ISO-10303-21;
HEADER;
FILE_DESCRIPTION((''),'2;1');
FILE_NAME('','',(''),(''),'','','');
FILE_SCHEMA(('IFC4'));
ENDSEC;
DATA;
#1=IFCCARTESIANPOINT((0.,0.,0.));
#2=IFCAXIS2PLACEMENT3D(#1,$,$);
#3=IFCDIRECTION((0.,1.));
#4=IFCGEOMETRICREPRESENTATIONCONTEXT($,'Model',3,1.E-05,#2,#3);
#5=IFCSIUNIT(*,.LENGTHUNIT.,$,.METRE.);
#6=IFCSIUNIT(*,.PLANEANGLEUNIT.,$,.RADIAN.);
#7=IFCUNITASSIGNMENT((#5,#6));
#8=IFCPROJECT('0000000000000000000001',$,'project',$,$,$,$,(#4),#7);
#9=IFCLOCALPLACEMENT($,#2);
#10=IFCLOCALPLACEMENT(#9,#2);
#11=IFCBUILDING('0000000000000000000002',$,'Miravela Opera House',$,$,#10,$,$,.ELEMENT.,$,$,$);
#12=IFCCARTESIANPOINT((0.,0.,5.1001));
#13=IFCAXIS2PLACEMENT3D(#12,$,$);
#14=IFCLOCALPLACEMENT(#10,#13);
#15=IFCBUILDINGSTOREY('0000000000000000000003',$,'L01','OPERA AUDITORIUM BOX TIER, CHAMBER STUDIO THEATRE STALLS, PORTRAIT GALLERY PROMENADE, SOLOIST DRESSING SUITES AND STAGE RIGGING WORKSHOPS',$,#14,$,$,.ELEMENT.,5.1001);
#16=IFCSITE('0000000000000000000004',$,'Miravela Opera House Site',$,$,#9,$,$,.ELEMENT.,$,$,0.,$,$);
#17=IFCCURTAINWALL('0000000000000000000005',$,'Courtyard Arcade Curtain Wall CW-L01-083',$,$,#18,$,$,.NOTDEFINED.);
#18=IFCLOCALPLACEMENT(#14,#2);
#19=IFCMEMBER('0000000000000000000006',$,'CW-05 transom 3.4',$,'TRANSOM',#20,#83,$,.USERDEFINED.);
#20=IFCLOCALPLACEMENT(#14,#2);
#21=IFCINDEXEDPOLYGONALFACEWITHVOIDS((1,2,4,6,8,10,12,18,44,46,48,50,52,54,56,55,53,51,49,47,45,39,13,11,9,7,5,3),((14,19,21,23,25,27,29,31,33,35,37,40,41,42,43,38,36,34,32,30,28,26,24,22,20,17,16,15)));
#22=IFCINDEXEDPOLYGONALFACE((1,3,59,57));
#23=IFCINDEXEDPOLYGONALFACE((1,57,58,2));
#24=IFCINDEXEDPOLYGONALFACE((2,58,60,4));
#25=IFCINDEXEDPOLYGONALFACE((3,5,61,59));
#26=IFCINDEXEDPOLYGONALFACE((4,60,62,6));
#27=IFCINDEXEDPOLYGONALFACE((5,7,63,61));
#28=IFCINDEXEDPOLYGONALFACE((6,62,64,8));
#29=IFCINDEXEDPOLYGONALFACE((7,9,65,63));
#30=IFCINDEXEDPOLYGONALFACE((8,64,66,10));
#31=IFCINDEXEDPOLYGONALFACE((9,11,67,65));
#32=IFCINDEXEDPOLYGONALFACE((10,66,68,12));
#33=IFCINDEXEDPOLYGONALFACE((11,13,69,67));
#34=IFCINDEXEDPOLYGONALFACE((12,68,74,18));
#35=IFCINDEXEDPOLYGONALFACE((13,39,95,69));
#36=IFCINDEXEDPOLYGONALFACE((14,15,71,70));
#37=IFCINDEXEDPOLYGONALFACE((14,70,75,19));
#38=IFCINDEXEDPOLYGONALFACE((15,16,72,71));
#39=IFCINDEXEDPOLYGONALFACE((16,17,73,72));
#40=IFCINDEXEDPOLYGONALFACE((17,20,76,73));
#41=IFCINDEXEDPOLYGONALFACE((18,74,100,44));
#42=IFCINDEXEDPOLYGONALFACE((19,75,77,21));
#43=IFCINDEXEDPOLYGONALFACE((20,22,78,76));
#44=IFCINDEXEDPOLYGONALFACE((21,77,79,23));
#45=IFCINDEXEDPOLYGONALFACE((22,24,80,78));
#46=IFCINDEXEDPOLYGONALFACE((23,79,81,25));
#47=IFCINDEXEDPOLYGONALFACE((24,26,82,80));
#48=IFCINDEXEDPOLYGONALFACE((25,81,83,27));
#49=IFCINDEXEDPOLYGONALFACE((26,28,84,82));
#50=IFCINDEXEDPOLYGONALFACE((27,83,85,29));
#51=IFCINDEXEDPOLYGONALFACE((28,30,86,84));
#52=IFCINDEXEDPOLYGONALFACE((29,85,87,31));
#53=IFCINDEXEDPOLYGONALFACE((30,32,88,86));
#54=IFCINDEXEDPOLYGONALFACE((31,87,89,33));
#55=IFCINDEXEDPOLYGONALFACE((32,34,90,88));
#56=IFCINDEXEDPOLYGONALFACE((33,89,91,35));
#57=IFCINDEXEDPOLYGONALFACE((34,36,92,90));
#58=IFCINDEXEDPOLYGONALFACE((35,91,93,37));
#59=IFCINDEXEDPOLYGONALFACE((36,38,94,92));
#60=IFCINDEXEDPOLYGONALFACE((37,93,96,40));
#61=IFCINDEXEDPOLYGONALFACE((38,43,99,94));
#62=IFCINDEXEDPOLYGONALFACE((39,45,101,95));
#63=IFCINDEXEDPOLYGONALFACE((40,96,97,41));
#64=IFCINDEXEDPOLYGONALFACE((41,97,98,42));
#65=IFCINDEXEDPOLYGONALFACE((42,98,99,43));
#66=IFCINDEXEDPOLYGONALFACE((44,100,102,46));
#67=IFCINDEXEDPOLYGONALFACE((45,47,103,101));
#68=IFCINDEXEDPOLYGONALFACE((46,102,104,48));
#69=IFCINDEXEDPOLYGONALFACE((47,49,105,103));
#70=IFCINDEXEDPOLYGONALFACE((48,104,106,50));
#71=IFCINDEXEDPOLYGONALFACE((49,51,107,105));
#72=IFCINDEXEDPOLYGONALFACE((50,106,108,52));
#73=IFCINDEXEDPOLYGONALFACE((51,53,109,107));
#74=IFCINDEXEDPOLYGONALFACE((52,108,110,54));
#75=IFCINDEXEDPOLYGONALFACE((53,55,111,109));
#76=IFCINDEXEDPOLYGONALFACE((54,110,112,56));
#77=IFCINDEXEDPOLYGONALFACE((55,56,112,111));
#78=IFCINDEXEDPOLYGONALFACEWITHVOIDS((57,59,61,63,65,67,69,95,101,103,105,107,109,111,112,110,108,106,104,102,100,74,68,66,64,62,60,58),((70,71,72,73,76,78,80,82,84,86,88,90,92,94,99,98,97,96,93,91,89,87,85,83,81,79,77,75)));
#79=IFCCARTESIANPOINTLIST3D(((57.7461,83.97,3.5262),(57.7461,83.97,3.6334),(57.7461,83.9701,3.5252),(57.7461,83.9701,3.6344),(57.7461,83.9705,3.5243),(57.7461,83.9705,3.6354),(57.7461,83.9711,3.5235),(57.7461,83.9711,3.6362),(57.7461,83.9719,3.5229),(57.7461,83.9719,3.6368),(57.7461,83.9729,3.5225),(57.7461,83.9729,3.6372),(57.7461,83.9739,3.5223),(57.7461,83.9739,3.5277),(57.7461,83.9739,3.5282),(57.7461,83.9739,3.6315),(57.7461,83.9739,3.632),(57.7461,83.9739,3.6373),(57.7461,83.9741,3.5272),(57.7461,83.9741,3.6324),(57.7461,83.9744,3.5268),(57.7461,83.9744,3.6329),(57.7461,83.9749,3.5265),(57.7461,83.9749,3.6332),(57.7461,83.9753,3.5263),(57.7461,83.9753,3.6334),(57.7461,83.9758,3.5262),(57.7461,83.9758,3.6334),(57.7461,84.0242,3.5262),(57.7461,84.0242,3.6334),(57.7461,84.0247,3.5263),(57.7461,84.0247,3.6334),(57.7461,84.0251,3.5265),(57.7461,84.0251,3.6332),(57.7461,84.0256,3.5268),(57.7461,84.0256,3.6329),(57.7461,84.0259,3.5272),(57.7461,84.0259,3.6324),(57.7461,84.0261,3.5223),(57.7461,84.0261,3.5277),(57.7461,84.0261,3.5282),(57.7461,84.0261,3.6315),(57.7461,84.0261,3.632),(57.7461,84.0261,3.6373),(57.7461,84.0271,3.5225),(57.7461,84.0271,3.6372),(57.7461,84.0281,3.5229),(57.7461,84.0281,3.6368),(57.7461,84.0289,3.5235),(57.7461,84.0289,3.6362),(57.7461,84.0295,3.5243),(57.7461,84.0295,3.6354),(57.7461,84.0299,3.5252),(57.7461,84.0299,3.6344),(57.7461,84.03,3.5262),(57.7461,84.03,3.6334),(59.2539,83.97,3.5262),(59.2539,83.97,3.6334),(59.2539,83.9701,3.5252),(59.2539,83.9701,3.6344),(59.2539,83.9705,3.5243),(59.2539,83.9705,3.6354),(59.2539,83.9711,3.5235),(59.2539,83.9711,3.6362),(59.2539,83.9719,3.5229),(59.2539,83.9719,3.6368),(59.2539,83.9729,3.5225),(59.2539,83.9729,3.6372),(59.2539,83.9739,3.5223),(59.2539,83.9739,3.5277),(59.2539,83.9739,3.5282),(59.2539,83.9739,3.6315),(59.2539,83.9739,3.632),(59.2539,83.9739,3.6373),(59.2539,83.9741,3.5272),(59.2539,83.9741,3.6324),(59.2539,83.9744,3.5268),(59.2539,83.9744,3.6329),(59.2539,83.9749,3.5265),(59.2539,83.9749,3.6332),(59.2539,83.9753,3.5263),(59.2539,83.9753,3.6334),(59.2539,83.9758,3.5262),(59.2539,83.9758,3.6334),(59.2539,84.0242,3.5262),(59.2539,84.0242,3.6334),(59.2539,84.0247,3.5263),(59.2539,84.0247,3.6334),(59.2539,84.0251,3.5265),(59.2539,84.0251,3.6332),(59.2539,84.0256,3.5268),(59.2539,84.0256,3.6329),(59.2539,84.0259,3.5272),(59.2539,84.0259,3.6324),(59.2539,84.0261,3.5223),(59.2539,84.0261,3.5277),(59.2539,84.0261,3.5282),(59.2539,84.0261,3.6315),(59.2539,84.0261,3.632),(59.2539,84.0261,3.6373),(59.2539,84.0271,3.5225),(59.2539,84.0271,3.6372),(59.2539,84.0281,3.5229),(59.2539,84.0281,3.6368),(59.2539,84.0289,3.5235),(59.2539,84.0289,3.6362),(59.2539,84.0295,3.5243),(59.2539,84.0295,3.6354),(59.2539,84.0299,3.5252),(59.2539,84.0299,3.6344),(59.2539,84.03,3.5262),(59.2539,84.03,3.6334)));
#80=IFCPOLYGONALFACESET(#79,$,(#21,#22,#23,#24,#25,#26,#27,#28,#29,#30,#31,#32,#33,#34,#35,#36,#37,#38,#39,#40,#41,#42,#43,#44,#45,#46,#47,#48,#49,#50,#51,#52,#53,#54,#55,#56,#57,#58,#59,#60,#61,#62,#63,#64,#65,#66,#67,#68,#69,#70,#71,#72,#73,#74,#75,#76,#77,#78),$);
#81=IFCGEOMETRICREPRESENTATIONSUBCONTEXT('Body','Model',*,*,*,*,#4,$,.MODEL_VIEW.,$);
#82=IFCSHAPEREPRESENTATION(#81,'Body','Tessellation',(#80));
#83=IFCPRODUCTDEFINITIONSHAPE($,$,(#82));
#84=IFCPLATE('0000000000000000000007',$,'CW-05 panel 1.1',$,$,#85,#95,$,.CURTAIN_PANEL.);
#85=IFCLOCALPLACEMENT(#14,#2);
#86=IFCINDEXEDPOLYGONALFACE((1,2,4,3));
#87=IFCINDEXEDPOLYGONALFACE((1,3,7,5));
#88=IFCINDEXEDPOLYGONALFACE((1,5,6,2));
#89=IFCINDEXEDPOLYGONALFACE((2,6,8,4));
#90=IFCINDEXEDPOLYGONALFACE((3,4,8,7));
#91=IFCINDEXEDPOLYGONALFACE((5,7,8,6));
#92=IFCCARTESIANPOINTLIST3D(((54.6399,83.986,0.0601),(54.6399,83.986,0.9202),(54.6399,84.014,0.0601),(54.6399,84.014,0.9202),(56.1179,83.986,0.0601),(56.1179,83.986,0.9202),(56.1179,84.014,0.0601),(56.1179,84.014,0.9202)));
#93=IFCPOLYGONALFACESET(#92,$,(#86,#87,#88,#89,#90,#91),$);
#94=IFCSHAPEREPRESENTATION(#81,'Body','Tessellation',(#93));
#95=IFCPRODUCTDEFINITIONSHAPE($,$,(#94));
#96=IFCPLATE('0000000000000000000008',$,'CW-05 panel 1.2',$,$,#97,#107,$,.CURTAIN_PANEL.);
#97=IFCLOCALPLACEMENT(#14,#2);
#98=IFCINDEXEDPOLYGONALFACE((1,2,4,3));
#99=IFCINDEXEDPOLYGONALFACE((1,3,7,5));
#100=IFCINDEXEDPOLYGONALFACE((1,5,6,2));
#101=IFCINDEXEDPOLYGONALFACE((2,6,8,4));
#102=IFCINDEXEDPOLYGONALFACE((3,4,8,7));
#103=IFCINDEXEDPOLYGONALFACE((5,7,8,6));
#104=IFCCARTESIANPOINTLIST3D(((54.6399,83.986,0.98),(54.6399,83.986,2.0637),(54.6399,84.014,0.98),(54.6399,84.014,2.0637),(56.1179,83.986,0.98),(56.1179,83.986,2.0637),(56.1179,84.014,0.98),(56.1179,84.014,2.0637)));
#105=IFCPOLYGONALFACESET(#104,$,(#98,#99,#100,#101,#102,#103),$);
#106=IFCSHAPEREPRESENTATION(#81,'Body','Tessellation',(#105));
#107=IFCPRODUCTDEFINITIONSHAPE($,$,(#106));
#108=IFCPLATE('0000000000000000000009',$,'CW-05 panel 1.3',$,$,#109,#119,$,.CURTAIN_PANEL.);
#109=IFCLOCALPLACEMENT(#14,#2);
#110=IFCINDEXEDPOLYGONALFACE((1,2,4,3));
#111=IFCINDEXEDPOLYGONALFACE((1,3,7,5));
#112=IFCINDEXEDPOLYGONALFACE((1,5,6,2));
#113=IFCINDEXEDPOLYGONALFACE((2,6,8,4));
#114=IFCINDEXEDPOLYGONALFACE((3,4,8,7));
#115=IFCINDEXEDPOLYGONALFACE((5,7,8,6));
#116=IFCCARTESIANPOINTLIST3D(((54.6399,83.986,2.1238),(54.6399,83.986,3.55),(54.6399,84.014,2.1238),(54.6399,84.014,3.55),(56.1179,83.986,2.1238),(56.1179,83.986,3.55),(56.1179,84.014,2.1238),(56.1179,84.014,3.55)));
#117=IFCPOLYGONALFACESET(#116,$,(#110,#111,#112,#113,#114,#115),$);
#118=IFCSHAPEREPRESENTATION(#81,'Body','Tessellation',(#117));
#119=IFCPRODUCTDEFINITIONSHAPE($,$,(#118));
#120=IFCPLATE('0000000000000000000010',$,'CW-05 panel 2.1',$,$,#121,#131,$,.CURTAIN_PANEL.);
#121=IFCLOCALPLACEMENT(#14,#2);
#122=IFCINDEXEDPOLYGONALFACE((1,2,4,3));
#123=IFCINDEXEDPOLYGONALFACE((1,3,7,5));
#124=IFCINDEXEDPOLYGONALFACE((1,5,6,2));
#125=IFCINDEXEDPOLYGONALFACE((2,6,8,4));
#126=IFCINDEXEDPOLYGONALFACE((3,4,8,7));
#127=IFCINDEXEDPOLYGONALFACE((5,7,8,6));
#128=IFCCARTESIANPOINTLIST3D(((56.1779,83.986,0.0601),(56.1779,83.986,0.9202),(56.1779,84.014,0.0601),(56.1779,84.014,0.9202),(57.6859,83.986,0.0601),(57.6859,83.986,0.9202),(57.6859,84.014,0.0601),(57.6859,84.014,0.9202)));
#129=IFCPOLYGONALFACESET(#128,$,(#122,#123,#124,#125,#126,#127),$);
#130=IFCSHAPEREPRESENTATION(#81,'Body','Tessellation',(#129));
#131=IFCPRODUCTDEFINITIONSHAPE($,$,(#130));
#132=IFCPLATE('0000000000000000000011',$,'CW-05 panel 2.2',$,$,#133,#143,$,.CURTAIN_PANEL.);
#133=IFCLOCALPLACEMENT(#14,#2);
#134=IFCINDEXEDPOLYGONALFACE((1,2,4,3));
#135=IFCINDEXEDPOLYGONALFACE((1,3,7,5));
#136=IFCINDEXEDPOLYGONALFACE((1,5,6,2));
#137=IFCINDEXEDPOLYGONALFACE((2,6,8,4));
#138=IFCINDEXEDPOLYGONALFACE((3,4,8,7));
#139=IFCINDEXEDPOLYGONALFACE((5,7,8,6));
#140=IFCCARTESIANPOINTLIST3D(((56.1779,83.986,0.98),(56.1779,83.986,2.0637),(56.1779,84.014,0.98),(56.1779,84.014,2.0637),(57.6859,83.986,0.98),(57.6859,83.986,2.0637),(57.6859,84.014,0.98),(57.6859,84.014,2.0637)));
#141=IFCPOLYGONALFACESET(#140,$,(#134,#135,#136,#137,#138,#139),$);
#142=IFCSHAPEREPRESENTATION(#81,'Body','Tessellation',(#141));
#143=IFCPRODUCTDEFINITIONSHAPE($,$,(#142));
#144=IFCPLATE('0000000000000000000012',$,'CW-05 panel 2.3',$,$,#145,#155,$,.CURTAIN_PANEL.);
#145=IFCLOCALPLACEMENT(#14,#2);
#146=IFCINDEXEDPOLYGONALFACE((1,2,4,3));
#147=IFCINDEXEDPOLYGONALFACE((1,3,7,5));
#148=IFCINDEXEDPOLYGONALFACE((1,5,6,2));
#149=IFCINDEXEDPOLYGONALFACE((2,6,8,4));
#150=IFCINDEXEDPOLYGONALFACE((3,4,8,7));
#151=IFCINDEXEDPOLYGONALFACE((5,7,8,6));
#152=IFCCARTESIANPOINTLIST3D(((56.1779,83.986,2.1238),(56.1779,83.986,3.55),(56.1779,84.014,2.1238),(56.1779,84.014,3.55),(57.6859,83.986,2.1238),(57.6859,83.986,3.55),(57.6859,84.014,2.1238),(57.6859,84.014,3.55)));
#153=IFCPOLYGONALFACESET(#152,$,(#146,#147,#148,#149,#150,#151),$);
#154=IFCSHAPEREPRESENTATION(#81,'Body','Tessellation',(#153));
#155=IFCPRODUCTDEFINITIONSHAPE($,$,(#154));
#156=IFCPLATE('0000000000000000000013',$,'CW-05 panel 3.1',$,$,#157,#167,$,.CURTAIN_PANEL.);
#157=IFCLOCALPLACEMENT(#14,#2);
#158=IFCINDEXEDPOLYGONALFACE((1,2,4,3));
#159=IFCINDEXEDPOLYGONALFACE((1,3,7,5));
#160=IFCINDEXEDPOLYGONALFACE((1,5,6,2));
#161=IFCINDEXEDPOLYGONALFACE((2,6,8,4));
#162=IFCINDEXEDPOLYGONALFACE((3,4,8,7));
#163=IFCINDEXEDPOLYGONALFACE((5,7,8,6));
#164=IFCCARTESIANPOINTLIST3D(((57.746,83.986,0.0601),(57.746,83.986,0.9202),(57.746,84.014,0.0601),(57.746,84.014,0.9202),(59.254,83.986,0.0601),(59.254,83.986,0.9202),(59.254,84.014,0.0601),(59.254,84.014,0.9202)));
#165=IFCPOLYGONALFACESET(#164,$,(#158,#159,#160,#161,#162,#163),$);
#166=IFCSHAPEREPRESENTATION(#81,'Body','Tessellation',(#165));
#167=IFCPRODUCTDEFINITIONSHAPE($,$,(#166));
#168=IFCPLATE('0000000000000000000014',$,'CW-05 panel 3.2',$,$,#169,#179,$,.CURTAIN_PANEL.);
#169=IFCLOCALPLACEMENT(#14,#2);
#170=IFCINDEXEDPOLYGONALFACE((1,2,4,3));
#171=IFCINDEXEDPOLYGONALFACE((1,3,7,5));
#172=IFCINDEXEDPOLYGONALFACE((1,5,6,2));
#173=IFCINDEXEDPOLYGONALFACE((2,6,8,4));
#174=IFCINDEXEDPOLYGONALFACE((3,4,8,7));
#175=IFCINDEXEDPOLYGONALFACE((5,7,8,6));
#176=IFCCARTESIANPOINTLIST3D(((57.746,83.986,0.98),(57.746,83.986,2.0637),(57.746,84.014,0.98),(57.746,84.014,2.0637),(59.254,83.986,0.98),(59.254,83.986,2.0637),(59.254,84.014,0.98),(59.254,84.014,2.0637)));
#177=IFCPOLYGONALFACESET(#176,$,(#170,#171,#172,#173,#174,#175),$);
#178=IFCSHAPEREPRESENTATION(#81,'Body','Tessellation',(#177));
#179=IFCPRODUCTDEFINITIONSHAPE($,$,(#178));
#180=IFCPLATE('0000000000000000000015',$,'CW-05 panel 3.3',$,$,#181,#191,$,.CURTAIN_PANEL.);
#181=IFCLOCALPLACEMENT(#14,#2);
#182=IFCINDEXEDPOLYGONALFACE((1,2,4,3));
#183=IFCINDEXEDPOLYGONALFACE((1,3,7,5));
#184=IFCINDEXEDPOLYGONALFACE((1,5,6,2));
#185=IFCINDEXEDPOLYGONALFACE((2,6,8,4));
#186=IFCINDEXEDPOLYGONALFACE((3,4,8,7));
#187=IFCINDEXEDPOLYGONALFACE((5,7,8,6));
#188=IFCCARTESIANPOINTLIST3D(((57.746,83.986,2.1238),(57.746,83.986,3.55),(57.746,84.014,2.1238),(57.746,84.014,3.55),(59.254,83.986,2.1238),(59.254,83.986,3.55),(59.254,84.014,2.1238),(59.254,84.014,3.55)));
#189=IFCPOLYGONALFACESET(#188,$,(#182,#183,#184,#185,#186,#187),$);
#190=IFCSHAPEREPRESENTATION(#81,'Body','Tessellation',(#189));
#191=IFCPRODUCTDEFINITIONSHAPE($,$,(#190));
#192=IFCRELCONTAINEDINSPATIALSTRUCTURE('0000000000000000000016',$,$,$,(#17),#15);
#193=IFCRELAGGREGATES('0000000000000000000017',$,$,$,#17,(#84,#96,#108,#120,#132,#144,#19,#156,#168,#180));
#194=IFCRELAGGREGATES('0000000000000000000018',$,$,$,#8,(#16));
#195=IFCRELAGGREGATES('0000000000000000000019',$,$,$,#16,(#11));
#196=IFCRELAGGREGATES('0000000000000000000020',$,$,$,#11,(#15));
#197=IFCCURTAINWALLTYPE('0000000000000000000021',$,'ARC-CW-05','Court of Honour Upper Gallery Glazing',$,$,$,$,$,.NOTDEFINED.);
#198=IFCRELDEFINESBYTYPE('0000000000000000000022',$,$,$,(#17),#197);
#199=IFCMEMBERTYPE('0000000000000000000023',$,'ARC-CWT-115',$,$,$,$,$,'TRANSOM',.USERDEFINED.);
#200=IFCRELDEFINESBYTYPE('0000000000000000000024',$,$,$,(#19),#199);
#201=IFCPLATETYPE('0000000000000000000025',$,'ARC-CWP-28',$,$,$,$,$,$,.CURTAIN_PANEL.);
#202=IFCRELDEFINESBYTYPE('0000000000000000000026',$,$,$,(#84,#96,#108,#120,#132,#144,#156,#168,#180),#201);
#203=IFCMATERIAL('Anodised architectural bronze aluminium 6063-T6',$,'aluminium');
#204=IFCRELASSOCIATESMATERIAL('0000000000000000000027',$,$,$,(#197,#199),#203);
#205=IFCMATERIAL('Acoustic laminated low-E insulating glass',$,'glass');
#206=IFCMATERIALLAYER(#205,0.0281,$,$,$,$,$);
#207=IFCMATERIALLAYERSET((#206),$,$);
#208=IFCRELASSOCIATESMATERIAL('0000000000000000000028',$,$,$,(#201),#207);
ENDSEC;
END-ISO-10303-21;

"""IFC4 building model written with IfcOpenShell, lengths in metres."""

from ifc_helpers import new_model, si_unit, direction, frame, origin, origin_2d, place, context, subcontext, project, spatial, rectangle, hollow_rectangle, extrude, material, layer, layer_set, material_profile, profile_set, type_object, element, aggregate, save


model = new_model("IFC4")

# Units and contexts
model_context = context("Model", 3, precision=1e-05, world=origin(), true_north=direction((0.0, 1.0)))
body_context = subcontext(model_context, "Body", "Model", "MODEL_VIEW")
ifc_project = project(units=[si_unit("LENGTHUNIT", "METRE"), si_unit("PLANEANGLEUNIT", "RADIAN")], contexts=[model_context])

# Site, building, storey
site_placement = place(None, origin())
site = spatial("IfcSite", under=ifc_project, at=site_placement, Name="Miravela Opera House Site", CompositionType="ELEMENT", RefElevation=0.0)
building_placement = place(site_placement, origin())
building = spatial("IfcBuilding", under=site, at=building_placement, Name="Miravela Opera House", CompositionType="ELEMENT")
storey_placement = place(building_placement, frame((0.0, 0.0, 5.1001)))
storey = spatial("IfcBuildingStorey", under=building, at=storey_placement, Name="L01", Description="OPERA AUDITORIUM BOX TIER, CHAMBER STUDIO THEATRE STALLS, PORTRAIT GALLERY PROMENADE, SOLOIST DRESSING SUITES AND STAGE RIGGING WORKSHOPS", CompositionType="ELEMENT", Elevation=5.1001)

# Curtain wall, member, plates
ifc_material_1 = material(Name="Anodised architectural bronze aluminium 6063-T6", Category="aluminium")
curtain_wall_type = type_object("IfcCurtainWallType", Name="ARC-CW-05", Description="Court of Honour Upper Gallery Glazing", PredefinedType="NOTDEFINED", material=ifc_material_1)
curtain_wall_placement = place(storey_placement, origin())
curtain_wall = element("IfcCurtainWall", 1, at=curtain_wall_placement, inside=storey, type_object=curtain_wall_type, Name="Courtyard Arcade Curtain Wall CW-L01-083", PredefinedType="NOTDEFINED")
ifc_material_profile_1 = material_profile(ifc_material_1, hollow_rectangle(XDim=0.0601, YDim=0.115, WallThickness=0.0039, InnerFilletRadius=0.002, OuterFilletRadius=0.0039, at=origin_2d()), Name="CWT-60X115")
ifc_profile_set_1 = profile_set([ifc_material_profile_1])
member_type_1 = type_object("IfcMemberType", Name="ARC-CWT-115", ElementType="TRANSOM", PredefinedType="USERDEFINED", material=ifc_profile_set_1)
member_1_placement = place(storey_placement, frame((57.7461, 84.0, 3.5798), z_axis=(1.0, 0.0, 0.0), x_axis=(0.0, 1.0, 0.0)))
member_1 = element("IfcMember", 2, at=member_1_placement, type_object=member_type_1, Name="CW-05 transom 3.4", ObjectType="TRANSOM", PredefinedType="USERDEFINED", context=body_context, shape_type="SweptSolid", body=[
    extrude(hollow_rectangle(XDim=0.0601, YDim=0.115, WallThickness=0.0039, InnerFilletRadius=0.002, OuterFilletRadius=0.0039, at=origin_2d()), origin(), (0.0, 0.0, 1.0), 1.5078),
])
ifc_material_2 = material(Name="Acoustic laminated low-E insulating glass", Category="glass")
ifc_layer = layer(ifc_material_2, 0.0281)
ifc_layer_set = layer_set([ifc_layer])
plate_type = type_object("IfcPlateType", Name="ARC-CWP-28", PredefinedType="CURTAIN_PANEL", material=ifc_layer_set)
plate_1_placement = place(storey_placement, frame((55.3789, 84.0, 0.0601), z_axis=(0.0, 0.0, 1.0), x_axis=(1.0, 0.0, 0.0)))
plate_1 = element("IfcPlate", 3, at=plate_1_placement, type_object=plate_type, Name="CW-05 panel 1.1", PredefinedType="CURTAIN_PANEL", context=body_context, shape_type="SweptSolid", body=[
    extrude(rectangle(XDim=1.478, YDim=0.0281, at=origin_2d()), origin(), (0.0, 0.0, 1.0), 0.8601),
])
plate_2_placement = place(storey_placement, frame((55.3789, 84.0, 0.98), z_axis=(0.0, 0.0, 1.0), x_axis=(1.0, 0.0, 0.0)))
plate_2 = element("IfcPlate", 4, at=plate_2_placement, type_object=plate_type, Name="CW-05 panel 1.2", PredefinedType="CURTAIN_PANEL", context=body_context, shape_type="SweptSolid", body=[
    extrude(rectangle(XDim=1.478, YDim=0.0281, at=origin_2d()), origin(), (0.0, 0.0, 1.0), 1.0837),
])
plate_3_placement = place(storey_placement, frame((55.3789, 84.0, 2.1238), z_axis=(0.0, 0.0, 1.0), x_axis=(1.0, 0.0, 0.0)))
plate_3 = element("IfcPlate", 5, at=plate_3_placement, type_object=plate_type, Name="CW-05 panel 1.3", PredefinedType="CURTAIN_PANEL", context=body_context, shape_type="SweptSolid", body=[
    extrude(rectangle(XDim=1.478, YDim=0.0281, at=origin_2d()), origin(), (0.0, 0.0, 1.0), 1.4263),
])
plate_4_placement = place(storey_placement, frame((56.9319, 84.0, 0.0601), z_axis=(0.0, 0.0, 1.0), x_axis=(1.0, 0.0, 0.0)))
plate_4 = element("IfcPlate", 6, at=plate_4_placement, type_object=plate_type, Name="CW-05 panel 2.1", PredefinedType="CURTAIN_PANEL", context=body_context, shape_type="SweptSolid", body=[
    extrude(rectangle(XDim=1.5081, YDim=0.0281, at=origin_2d()), origin(), (0.0, 0.0, 1.0), 0.8601),
])
plate_5_placement = place(storey_placement, frame((56.9319, 84.0, 0.98), z_axis=(0.0, 0.0, 1.0), x_axis=(1.0, 0.0, 0.0)))
plate_5 = element("IfcPlate", 7, at=plate_5_placement, type_object=plate_type, Name="CW-05 panel 2.2", PredefinedType="CURTAIN_PANEL", context=body_context, shape_type="SweptSolid", body=[
    extrude(rectangle(XDim=1.5081, YDim=0.0281, at=origin_2d()), origin(), (0.0, 0.0, 1.0), 1.0837),
])
plate_6_placement = place(storey_placement, frame((56.9319, 84.0, 2.1238), z_axis=(0.0, 0.0, 1.0), x_axis=(1.0, 0.0, 0.0)))
plate_6 = element("IfcPlate", 8, at=plate_6_placement, type_object=plate_type, Name="CW-05 panel 2.3", PredefinedType="CURTAIN_PANEL", context=body_context, shape_type="SweptSolid", body=[
    extrude(rectangle(XDim=1.5081, YDim=0.0281, at=origin_2d()), origin(), (0.0, 0.0, 1.0), 1.4263),
])
plate_7_placement = place(storey_placement, frame((58.5, 84.0, 0.0601), z_axis=(0.0, 0.0, 1.0), x_axis=(1.0, 0.0, 0.0)))
plate_7 = element("IfcPlate", 9, at=plate_7_placement, type_object=plate_type, Name="CW-05 panel 3.1", PredefinedType="CURTAIN_PANEL", context=body_context, shape_type="SweptSolid", body=[
    extrude(rectangle(XDim=1.5081, YDim=0.0281, at=origin_2d()), origin(), (0.0, 0.0, 1.0), 0.8601),
])
plate_8_placement = place(storey_placement, frame((58.5, 84.0, 0.98), z_axis=(0.0, 0.0, 1.0), x_axis=(1.0, 0.0, 0.0)))
plate_8 = element("IfcPlate", 10, at=plate_8_placement, type_object=plate_type, Name="CW-05 panel 3.2", PredefinedType="CURTAIN_PANEL", context=body_context, shape_type="SweptSolid", body=[
    extrude(rectangle(XDim=1.5081, YDim=0.0281, at=origin_2d()), origin(), (0.0, 0.0, 1.0), 1.0837),
])
plate_9_placement = place(storey_placement, frame((58.5, 84.0, 2.1238), z_axis=(0.0, 0.0, 1.0), x_axis=(1.0, 0.0, 0.0)))
plate_9 = element("IfcPlate", 11, at=plate_9_placement, type_object=plate_type, Name="CW-05 panel 3.3", PredefinedType="CURTAIN_PANEL", context=body_context, shape_type="SweptSolid", body=[
    extrude(rectangle(XDim=1.5081, YDim=0.0281, at=origin_2d()), origin(), (0.0, 0.0, 1.0), 1.4263),
])
aggregate(curtain_wall, [plate_1, plate_2, plate_3, plate_4, plate_5, plate_6, member_1, plate_7, plate_8, plate_9])

save(model, "model.ifc")
